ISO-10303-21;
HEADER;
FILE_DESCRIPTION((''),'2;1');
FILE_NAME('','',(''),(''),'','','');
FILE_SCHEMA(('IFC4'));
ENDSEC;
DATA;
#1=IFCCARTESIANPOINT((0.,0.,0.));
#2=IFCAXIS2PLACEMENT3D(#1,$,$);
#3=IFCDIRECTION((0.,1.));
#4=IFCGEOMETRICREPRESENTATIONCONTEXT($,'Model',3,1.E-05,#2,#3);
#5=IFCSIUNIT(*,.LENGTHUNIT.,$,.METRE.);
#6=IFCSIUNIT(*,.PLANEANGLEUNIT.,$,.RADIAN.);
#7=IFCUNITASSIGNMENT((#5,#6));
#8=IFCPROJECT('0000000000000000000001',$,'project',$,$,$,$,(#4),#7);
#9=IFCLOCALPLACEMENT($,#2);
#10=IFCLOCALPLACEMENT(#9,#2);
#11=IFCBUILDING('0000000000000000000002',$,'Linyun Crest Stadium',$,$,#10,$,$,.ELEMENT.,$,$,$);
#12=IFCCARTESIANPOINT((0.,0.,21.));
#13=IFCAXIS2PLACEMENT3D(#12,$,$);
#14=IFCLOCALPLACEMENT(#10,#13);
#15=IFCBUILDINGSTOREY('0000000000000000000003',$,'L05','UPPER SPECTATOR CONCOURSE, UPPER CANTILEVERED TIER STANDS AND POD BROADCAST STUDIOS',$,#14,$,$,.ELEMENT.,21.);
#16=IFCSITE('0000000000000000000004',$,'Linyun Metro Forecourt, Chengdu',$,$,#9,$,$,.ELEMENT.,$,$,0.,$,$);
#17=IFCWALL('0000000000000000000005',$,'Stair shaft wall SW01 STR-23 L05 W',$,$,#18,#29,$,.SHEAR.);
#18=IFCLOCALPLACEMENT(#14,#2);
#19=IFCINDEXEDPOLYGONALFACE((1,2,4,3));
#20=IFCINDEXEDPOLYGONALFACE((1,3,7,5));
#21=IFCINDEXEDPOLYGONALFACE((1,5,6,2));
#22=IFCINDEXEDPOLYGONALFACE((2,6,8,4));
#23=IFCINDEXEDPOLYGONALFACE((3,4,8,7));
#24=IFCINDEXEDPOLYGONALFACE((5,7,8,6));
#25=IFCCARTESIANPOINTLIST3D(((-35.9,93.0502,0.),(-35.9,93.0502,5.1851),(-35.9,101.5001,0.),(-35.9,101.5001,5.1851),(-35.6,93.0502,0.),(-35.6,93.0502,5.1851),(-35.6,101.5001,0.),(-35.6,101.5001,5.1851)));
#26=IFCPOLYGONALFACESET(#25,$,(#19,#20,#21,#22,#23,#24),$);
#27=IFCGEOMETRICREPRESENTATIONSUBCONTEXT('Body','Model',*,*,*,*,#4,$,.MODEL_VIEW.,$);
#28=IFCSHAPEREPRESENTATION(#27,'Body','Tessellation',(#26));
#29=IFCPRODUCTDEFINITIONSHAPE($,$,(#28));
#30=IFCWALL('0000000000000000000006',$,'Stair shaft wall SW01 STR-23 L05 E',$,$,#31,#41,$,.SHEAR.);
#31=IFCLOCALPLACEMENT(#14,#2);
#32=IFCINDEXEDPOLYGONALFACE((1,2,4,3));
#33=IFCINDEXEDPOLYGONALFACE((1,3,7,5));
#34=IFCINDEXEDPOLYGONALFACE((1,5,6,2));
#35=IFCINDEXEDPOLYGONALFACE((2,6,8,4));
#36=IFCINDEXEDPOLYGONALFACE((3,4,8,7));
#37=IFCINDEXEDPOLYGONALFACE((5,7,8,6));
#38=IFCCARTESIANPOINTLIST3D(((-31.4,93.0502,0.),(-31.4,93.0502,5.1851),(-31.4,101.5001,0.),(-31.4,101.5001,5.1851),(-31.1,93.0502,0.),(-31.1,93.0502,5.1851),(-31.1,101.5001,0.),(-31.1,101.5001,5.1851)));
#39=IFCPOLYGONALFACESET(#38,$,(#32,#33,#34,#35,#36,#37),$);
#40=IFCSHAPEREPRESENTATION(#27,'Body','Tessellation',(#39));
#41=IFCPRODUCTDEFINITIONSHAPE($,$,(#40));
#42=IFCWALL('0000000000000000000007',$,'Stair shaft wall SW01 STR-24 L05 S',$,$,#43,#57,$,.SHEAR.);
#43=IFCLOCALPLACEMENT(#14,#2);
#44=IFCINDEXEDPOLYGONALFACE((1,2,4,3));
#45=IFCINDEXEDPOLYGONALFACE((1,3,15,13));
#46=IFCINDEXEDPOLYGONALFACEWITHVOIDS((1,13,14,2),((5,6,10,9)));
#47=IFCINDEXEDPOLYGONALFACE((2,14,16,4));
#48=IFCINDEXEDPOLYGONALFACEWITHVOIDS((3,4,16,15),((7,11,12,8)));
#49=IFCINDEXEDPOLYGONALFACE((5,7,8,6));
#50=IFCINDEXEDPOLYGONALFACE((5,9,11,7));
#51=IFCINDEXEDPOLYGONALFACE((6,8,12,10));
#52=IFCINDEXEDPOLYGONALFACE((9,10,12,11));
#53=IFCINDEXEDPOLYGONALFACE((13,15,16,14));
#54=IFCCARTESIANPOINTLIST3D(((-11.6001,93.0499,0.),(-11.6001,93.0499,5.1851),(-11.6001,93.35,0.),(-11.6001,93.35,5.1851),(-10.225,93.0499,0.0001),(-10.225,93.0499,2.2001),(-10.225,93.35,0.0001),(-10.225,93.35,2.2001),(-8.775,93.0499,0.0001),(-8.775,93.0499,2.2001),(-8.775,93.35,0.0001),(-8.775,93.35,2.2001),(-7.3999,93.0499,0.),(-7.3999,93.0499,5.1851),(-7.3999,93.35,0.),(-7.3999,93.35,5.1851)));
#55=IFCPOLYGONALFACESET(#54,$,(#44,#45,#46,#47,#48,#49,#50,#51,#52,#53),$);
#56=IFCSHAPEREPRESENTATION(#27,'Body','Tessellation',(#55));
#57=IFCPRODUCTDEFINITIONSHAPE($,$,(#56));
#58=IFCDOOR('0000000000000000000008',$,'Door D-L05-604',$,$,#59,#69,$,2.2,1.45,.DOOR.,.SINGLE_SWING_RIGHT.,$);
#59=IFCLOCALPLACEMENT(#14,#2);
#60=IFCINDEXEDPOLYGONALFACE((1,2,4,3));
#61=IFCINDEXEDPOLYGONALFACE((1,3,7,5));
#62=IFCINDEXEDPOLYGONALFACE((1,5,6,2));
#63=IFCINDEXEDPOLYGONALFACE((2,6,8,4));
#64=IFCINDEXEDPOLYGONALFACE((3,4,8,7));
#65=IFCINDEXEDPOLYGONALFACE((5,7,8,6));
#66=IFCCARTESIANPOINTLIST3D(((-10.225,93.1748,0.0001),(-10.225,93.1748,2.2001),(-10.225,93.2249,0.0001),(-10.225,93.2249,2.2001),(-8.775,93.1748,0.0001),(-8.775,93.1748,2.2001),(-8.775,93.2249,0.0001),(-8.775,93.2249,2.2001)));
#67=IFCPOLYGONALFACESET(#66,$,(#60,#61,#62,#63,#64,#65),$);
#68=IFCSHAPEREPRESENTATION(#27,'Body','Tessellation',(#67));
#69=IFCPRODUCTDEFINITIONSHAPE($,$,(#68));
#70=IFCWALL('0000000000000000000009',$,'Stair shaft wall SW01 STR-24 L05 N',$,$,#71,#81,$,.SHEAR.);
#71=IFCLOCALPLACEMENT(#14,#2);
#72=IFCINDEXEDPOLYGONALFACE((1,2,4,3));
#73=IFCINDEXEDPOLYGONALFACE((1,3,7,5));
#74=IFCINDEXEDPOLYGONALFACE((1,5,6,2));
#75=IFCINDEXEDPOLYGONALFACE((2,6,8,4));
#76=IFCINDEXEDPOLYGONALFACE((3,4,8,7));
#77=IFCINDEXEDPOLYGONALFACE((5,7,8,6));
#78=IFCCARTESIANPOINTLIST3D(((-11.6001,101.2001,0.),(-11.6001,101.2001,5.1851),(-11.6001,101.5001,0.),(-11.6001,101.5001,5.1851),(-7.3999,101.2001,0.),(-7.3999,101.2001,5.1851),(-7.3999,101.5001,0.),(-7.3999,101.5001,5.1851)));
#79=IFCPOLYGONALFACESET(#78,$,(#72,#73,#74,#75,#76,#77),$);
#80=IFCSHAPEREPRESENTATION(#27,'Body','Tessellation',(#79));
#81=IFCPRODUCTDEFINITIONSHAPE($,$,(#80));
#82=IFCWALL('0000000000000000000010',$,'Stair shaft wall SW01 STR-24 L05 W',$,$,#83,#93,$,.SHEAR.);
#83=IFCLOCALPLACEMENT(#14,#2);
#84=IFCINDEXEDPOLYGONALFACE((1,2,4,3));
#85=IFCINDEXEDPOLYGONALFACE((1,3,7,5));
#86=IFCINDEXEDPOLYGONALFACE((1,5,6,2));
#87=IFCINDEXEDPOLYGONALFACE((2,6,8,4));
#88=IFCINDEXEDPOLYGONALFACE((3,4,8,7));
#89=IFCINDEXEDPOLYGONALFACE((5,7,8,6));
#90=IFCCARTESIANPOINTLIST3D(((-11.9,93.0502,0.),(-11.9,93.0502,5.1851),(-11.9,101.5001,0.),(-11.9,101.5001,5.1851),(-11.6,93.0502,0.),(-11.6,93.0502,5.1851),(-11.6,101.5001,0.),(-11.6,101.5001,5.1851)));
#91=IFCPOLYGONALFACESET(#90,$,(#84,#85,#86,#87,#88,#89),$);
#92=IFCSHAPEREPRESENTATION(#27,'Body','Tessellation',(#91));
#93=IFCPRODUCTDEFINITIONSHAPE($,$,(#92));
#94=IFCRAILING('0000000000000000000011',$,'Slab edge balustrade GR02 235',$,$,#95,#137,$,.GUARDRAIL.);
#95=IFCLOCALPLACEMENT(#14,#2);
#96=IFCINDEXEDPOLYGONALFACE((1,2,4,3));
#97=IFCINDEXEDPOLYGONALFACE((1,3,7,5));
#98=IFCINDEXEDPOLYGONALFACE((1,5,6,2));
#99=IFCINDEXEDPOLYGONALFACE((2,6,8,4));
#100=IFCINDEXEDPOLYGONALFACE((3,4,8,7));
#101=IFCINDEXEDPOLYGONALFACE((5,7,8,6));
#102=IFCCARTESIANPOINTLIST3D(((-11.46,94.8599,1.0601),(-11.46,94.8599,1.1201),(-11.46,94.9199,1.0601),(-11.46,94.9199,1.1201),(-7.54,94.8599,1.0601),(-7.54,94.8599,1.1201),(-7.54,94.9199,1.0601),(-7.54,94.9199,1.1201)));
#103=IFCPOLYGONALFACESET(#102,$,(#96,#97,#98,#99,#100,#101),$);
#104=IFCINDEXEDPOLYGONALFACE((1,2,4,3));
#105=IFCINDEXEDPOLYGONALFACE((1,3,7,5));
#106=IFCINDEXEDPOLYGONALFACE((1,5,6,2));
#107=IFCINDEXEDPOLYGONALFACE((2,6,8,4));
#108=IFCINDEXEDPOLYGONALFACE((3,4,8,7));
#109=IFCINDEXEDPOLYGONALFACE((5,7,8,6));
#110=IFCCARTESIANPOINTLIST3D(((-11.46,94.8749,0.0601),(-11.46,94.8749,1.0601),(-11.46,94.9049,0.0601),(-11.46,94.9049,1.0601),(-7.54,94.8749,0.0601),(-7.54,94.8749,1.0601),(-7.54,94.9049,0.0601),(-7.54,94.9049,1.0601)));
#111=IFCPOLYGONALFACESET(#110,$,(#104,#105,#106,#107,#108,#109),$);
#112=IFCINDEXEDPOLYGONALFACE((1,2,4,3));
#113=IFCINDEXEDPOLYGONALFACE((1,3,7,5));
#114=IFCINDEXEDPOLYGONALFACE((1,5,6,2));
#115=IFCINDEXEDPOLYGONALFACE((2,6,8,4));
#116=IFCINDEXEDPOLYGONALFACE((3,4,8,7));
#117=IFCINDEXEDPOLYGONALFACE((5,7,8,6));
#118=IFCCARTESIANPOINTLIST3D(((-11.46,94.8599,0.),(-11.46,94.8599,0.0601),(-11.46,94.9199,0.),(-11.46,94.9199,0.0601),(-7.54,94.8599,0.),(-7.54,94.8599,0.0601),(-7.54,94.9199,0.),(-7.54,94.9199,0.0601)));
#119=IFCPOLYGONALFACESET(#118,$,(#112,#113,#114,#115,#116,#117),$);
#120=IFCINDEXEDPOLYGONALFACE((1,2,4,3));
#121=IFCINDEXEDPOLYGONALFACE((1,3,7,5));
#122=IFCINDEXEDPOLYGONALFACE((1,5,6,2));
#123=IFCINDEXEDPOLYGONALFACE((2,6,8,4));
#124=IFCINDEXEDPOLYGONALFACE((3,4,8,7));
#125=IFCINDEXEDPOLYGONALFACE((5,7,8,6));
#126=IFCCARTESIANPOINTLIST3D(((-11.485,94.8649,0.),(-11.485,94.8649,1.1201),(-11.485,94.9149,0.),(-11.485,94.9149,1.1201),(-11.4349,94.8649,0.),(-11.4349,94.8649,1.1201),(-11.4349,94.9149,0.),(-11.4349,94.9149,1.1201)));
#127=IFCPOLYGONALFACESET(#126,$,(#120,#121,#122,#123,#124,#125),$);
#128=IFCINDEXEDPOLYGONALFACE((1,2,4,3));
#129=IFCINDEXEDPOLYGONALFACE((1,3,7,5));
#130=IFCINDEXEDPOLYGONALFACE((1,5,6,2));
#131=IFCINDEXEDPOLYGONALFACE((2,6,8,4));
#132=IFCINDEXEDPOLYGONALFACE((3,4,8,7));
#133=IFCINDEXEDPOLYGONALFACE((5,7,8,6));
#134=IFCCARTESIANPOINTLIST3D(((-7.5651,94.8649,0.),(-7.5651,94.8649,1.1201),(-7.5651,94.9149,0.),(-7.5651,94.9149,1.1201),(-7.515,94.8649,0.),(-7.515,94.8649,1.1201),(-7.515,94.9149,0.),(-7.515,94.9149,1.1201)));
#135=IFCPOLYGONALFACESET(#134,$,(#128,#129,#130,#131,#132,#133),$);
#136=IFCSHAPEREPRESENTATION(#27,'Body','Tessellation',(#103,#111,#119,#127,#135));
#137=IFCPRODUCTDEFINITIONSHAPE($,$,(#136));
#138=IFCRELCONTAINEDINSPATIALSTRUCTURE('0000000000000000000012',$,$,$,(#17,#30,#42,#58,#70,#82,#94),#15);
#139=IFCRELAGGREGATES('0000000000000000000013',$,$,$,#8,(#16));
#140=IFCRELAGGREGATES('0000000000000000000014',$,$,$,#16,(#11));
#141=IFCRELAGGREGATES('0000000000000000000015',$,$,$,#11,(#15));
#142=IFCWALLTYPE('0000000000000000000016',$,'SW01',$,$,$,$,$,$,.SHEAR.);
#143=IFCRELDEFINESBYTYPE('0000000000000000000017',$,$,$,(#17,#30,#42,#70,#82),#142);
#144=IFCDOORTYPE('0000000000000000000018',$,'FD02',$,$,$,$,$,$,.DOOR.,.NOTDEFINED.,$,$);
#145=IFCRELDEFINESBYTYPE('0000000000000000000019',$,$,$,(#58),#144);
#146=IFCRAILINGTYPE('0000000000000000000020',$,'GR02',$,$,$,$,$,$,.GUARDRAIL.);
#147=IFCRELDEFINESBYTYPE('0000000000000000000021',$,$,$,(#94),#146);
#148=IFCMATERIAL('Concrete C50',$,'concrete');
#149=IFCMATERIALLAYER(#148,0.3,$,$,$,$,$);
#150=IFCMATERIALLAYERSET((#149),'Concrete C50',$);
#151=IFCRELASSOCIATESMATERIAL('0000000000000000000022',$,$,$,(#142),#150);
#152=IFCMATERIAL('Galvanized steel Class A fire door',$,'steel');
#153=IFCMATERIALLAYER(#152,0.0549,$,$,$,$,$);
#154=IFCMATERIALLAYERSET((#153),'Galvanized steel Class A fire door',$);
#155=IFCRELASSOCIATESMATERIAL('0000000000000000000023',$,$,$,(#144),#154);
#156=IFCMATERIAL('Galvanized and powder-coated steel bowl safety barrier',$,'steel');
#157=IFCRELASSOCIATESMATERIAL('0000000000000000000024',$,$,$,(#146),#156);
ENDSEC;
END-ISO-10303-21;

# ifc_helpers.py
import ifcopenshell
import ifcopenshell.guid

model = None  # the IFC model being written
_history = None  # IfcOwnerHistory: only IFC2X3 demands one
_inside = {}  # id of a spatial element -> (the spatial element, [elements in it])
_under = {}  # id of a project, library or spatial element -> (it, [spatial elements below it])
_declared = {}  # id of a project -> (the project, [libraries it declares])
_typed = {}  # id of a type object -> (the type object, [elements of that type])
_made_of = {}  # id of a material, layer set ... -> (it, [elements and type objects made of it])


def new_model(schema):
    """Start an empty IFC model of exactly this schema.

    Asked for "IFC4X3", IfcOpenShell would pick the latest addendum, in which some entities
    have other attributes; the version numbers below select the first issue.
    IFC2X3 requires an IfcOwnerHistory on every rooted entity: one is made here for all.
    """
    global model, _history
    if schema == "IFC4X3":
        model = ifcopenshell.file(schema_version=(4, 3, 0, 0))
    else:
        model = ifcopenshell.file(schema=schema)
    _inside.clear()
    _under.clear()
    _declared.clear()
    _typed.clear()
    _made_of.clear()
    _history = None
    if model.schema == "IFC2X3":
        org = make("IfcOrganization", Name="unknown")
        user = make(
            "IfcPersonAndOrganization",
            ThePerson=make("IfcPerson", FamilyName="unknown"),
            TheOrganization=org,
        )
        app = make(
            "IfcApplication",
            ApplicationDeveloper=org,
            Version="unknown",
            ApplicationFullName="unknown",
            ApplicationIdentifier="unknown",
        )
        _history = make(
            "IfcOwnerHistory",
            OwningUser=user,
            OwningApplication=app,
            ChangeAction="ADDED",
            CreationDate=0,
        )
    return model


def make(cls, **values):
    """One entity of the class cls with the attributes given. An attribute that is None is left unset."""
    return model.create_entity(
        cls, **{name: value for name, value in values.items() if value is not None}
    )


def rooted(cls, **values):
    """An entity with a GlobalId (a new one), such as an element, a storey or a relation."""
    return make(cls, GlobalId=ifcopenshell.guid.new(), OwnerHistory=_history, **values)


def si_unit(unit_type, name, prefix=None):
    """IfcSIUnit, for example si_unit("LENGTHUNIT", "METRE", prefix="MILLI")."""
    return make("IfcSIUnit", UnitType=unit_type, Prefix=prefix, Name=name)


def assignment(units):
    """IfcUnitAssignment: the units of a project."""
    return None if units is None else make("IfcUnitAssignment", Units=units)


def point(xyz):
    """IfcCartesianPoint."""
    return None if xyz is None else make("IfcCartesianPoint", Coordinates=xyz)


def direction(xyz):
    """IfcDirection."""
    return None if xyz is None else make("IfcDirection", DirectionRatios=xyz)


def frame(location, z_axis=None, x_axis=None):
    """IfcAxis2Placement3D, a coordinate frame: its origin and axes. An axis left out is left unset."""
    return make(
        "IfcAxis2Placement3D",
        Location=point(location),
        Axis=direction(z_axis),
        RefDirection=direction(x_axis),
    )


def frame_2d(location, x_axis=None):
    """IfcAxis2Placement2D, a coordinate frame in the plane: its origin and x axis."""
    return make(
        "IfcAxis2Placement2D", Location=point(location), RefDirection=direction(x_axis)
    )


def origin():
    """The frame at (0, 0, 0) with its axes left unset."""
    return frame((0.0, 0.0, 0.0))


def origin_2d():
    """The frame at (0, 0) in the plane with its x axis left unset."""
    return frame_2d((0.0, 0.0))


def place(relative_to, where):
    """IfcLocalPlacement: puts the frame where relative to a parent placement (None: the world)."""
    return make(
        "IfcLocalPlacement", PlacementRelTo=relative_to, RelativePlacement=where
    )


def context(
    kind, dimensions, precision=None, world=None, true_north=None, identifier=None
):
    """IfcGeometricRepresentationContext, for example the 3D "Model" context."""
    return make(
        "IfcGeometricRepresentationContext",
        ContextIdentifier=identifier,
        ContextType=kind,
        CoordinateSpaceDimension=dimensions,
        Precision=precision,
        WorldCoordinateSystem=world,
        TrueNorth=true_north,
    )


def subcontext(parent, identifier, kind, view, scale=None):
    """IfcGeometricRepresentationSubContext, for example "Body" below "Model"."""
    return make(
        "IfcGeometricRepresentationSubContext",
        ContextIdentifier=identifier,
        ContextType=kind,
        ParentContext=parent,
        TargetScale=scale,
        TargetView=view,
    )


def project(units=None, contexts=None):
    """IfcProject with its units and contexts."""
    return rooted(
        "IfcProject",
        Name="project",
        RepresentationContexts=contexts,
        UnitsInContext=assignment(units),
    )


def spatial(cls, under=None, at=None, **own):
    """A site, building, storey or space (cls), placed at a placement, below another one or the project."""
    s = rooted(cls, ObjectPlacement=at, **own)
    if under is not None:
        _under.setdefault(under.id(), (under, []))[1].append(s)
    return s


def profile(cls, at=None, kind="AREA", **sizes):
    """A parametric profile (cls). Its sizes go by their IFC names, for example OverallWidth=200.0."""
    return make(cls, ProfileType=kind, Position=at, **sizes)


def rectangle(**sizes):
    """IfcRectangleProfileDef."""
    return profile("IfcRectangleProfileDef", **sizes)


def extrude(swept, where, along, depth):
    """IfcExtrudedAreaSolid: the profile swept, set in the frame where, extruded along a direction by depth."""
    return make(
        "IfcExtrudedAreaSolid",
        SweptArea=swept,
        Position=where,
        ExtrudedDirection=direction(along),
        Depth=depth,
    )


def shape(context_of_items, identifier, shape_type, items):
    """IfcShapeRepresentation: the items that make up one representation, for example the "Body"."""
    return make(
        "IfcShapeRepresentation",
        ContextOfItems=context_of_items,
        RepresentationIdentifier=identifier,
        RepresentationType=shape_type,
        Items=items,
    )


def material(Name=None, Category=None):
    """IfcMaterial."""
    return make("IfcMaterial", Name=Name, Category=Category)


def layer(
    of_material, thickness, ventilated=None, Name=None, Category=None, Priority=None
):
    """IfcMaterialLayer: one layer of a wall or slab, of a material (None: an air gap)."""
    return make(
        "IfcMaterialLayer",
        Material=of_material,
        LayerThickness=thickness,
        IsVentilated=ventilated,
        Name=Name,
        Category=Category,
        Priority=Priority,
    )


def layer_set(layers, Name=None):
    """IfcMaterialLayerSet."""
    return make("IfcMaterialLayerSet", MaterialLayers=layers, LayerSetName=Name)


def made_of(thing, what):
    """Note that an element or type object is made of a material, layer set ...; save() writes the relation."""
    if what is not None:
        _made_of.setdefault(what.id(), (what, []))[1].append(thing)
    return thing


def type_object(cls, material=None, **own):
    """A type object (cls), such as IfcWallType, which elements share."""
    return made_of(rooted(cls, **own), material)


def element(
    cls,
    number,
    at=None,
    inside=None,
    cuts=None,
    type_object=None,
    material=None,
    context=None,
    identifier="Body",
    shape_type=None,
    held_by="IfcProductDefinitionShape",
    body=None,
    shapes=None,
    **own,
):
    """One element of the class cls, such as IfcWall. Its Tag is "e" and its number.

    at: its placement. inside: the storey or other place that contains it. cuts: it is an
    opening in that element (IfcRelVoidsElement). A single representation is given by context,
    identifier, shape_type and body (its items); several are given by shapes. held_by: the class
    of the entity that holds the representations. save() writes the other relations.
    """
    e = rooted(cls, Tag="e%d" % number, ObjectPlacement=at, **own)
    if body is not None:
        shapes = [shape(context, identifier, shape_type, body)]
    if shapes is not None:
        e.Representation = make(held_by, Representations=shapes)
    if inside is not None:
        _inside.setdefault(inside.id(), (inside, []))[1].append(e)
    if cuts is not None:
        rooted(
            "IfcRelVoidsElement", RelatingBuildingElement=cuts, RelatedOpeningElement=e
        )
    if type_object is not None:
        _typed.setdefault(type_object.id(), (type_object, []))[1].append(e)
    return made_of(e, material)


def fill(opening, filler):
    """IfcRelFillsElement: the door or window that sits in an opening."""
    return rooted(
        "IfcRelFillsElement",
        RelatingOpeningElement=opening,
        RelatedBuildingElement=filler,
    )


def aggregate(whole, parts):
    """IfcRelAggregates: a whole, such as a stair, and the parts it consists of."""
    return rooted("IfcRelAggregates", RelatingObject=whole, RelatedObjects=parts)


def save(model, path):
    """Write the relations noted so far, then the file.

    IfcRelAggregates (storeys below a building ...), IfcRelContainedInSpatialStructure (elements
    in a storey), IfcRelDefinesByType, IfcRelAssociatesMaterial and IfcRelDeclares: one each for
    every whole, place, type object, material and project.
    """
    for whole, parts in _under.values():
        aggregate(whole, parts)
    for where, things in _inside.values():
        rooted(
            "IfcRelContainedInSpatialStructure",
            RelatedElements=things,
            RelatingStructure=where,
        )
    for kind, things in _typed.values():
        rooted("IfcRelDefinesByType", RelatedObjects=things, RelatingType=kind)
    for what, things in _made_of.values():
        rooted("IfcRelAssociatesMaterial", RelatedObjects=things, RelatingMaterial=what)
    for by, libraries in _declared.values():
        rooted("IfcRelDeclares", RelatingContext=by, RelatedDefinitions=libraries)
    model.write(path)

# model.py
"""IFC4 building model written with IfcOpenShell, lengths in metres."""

from ifc_helpers import new_model, si_unit, direction, frame, frame_2d, origin, origin_2d, place, context, subcontext, project, spatial, rectangle, extrude, material, layer, layer_set, type_object, element, fill, save


model = new_model("IFC4")

# Units and contexts
model_context = context("Model", 3, precision=1e-05, world=origin(), true_north=direction((0.0, 1.0)))
body_context = subcontext(model_context, "Body", "Model", "MODEL_VIEW")
ifc_project = project(units=[si_unit("LENGTHUNIT", "METRE"), si_unit("PLANEANGLEUNIT", "RADIAN")], contexts=[model_context])

# Site, building, storey
site_placement = place(None, origin())
site = spatial("IfcSite", under=ifc_project, at=site_placement, Name="Linyun Metro Forecourt, Chengdu", CompositionType="ELEMENT", RefElevation=0.0)
building_placement = place(site_placement, origin())
building = spatial("IfcBuilding", under=site, at=building_placement, Name="Linyun Crest Stadium", CompositionType="ELEMENT")
storey_placement = place(building_placement, frame((0.0, 0.0, 21.0)))
storey = spatial("IfcBuildingStorey", under=building, at=storey_placement, Name="L05", Description="UPPER SPECTATOR CONCOURSE, UPPER CANTILEVERED TIER STANDS AND POD BROADCAST STUDIOS", CompositionType="ELEMENT", Elevation=21.0)

# Shared definitions
ifc_material_1 = material(Name="Concrete C50", Category="concrete")
ifc_layer_1 = layer(ifc_material_1, 0.3)
ifc_layer_set_1 = layer_set([ifc_layer_1], Name="Concrete C50")
wall_type_1 = type_object("IfcWallType", Name="SW01", PredefinedType="SHEAR", material=ifc_layer_set_1)
ifc_material_2 = material(Name="Galvanized steel Class A fire door", Category="steel")
ifc_layer_2 = layer(ifc_material_2, 0.0549)
ifc_layer_set_2 = layer_set([ifc_layer_2], Name="Galvanized steel Class A fire door")
door_type_1 = type_object("IfcDoorType", Name="FD02", OperationType="NOTDEFINED", PredefinedType="DOOR", material=ifc_layer_set_2)

# Walls
for number, where, z_axis, x_axis, name in (
    (1, (-35.75, 93.05, 0.0), (0.0, 0.0, 1.0), (0.0, 1.0, 0.0), "Stair shaft wall SW01 STR-23 L05 W"),
    (2, (-31.25, 93.05, 0.0), (0.0, 0.0, 1.0), (0.0, 1.0, 0.0), "Stair shaft wall SW01 STR-23 L05 E"),
):
    element("IfcWall", number, at=place(storey_placement, frame(where, z_axis=z_axis, x_axis=x_axis)), inside=storey, type_object=wall_type_1, Name=name, PredefinedType="SHEAR", context=body_context, shape_type="SweptSolid", body=[
        extrude(rectangle(XDim=8.45, YDim=0.3, at=frame_2d((4.2251, 0.0))), origin(), (0.0, 0.0, 1.0), 5.1851),
    ])

# Wall, opening, door
wall_1_placement = place(storey_placement, frame((-11.6001, 93.2, 0.0), z_axis=(0.0, 0.0, 1.0), x_axis=(1.0, 0.0, 0.0)))
wall_1 = element("IfcWall", 3, at=wall_1_placement, inside=storey, type_object=wall_type_1, Name="Stair shaft wall SW01 STR-24 L05 S", PredefinedType="SHEAR", context=body_context, shape_type="SweptSolid", body=[
    extrude(rectangle(XDim=4.2002, YDim=0.3, at=frame_2d((2.1001, 0.0))), origin(), (0.0, 0.0, 1.0), 5.1851),
])
opening_1_placement = place(wall_1_placement, frame((1.375, 0.0, 0.0)))
opening_1 = element("IfcOpeningElement", 4, at=opening_1_placement, cuts=wall_1, PredefinedType="OPENING", context=body_context, shape_type="SweptSolid", body=[
    extrude(rectangle(XDim=1.45, YDim=2.2, at=frame_2d((0.7251, 1.1001))), frame((0.0, 0.1599, 0.0), z_axis=(0.0, -1.0, 0.0), x_axis=(1.0, 0.0, 0.0)), (0.0, 0.0, 1.0), 0.3201),
])
door_1_placement = place(opening_1_placement, origin())
door_1 = element("IfcDoor", 5, at=door_1_placement, inside=storey, type_object=door_type_1, Name="Door D-L05-604", OperationType="SINGLE_SWING_RIGHT", OverallHeight=2.2, OverallWidth=1.45, PredefinedType="DOOR", context=body_context, shape_type="SweptSolid", body=[
    extrude(rectangle(XDim=1.45, YDim=2.2, at=frame_2d((0.7251, 1.1001))), frame((0.0, 0.0249, 0.0), z_axis=(0.0, -1.0, 0.0), x_axis=(1.0, 0.0, 0.0)), (0.0, 0.0, 1.0), 0.05),
])
fill(opening_1, door_1)

# Walls
wall_2_placement = place(storey_placement, frame((-11.6001, 101.3501, 0.0), z_axis=(0.0, 0.0, 1.0), x_axis=(1.0, 0.0, 0.0)))
element("IfcWall", 6, at=wall_2_placement, inside=storey, type_object=wall_type_1, Name="Stair shaft wall SW01 STR-24 L05 N", PredefinedType="SHEAR", context=body_context, shape_type="SweptSolid", body=[
    extrude(rectangle(XDim=4.2002, YDim=0.3, at=frame_2d((2.1001, 0.0))), origin(), (0.0, 0.0, 1.0), 5.1851),
])
wall_3_placement = place(storey_placement, frame((-11.75, 93.05, 0.0), z_axis=(0.0, 0.0, 1.0), x_axis=(0.0, 1.0, 0.0)))
element("IfcWall", 7, at=wall_3_placement, inside=storey, type_object=wall_type_1, Name="Stair shaft wall SW01 STR-24 L05 W", PredefinedType="SHEAR", context=body_context, shape_type="SweptSolid", body=[
    extrude(rectangle(XDim=8.45, YDim=0.3, at=frame_2d((4.2251, 0.0))), origin(), (0.0, 0.0, 1.0), 5.1851),
])

# Railing
ifc_material_3 = material(Name="Galvanized and powder-coated steel bowl safety barrier", Category="steel")
railing_type_1 = type_object("IfcRailingType", Name="GR02", PredefinedType="GUARDRAIL", material=ifc_material_3)
railing_1_placement = place(storey_placement, frame((-11.46, 94.8899, 0.0)))
element("IfcRailing", 8, at=railing_1_placement, inside=storey, type_object=railing_type_1, Name="Slab edge balustrade GR02 235", PredefinedType="GUARDRAIL", context=body_context, shape_type="SweptSolid", body=[
    extrude(rectangle(XDim=0.0601, YDim=0.0601, at=origin_2d()), frame((0.0, 0.0, 1.0901), z_axis=(1.0, 0.0, 0.0), x_axis=(0.0, 1.0, 0.0)), (0.0, 0.0, 1.0), 3.9199),
    extrude(rectangle(XDim=0.03, YDim=1.0, at=origin_2d()), frame((0.0, 0.0, 0.5601), z_axis=(1.0, 0.0, 0.0), x_axis=(0.0, 1.0, 0.0)), (0.0, 0.0, 1.0), 3.9199),
    extrude(rectangle(XDim=0.0601, YDim=0.0601, at=origin_2d()), frame((0.0, 0.0, 0.03), z_axis=(1.0, 0.0, 0.0), x_axis=(0.0, 1.0, 0.0)), (0.0, 0.0, 1.0), 3.9199),
    extrude(rectangle(XDim=0.05, YDim=0.05, at=origin_2d()), origin(), (0.0, 0.0, 1.0), 1.1201),
    extrude(rectangle(XDim=0.05, YDim=0.05, at=origin_2d()), frame((3.9199, 0.0, 0.0)), (0.0, 0.0, 1.0), 1.1201),
])

save(model, "model.ifc")
